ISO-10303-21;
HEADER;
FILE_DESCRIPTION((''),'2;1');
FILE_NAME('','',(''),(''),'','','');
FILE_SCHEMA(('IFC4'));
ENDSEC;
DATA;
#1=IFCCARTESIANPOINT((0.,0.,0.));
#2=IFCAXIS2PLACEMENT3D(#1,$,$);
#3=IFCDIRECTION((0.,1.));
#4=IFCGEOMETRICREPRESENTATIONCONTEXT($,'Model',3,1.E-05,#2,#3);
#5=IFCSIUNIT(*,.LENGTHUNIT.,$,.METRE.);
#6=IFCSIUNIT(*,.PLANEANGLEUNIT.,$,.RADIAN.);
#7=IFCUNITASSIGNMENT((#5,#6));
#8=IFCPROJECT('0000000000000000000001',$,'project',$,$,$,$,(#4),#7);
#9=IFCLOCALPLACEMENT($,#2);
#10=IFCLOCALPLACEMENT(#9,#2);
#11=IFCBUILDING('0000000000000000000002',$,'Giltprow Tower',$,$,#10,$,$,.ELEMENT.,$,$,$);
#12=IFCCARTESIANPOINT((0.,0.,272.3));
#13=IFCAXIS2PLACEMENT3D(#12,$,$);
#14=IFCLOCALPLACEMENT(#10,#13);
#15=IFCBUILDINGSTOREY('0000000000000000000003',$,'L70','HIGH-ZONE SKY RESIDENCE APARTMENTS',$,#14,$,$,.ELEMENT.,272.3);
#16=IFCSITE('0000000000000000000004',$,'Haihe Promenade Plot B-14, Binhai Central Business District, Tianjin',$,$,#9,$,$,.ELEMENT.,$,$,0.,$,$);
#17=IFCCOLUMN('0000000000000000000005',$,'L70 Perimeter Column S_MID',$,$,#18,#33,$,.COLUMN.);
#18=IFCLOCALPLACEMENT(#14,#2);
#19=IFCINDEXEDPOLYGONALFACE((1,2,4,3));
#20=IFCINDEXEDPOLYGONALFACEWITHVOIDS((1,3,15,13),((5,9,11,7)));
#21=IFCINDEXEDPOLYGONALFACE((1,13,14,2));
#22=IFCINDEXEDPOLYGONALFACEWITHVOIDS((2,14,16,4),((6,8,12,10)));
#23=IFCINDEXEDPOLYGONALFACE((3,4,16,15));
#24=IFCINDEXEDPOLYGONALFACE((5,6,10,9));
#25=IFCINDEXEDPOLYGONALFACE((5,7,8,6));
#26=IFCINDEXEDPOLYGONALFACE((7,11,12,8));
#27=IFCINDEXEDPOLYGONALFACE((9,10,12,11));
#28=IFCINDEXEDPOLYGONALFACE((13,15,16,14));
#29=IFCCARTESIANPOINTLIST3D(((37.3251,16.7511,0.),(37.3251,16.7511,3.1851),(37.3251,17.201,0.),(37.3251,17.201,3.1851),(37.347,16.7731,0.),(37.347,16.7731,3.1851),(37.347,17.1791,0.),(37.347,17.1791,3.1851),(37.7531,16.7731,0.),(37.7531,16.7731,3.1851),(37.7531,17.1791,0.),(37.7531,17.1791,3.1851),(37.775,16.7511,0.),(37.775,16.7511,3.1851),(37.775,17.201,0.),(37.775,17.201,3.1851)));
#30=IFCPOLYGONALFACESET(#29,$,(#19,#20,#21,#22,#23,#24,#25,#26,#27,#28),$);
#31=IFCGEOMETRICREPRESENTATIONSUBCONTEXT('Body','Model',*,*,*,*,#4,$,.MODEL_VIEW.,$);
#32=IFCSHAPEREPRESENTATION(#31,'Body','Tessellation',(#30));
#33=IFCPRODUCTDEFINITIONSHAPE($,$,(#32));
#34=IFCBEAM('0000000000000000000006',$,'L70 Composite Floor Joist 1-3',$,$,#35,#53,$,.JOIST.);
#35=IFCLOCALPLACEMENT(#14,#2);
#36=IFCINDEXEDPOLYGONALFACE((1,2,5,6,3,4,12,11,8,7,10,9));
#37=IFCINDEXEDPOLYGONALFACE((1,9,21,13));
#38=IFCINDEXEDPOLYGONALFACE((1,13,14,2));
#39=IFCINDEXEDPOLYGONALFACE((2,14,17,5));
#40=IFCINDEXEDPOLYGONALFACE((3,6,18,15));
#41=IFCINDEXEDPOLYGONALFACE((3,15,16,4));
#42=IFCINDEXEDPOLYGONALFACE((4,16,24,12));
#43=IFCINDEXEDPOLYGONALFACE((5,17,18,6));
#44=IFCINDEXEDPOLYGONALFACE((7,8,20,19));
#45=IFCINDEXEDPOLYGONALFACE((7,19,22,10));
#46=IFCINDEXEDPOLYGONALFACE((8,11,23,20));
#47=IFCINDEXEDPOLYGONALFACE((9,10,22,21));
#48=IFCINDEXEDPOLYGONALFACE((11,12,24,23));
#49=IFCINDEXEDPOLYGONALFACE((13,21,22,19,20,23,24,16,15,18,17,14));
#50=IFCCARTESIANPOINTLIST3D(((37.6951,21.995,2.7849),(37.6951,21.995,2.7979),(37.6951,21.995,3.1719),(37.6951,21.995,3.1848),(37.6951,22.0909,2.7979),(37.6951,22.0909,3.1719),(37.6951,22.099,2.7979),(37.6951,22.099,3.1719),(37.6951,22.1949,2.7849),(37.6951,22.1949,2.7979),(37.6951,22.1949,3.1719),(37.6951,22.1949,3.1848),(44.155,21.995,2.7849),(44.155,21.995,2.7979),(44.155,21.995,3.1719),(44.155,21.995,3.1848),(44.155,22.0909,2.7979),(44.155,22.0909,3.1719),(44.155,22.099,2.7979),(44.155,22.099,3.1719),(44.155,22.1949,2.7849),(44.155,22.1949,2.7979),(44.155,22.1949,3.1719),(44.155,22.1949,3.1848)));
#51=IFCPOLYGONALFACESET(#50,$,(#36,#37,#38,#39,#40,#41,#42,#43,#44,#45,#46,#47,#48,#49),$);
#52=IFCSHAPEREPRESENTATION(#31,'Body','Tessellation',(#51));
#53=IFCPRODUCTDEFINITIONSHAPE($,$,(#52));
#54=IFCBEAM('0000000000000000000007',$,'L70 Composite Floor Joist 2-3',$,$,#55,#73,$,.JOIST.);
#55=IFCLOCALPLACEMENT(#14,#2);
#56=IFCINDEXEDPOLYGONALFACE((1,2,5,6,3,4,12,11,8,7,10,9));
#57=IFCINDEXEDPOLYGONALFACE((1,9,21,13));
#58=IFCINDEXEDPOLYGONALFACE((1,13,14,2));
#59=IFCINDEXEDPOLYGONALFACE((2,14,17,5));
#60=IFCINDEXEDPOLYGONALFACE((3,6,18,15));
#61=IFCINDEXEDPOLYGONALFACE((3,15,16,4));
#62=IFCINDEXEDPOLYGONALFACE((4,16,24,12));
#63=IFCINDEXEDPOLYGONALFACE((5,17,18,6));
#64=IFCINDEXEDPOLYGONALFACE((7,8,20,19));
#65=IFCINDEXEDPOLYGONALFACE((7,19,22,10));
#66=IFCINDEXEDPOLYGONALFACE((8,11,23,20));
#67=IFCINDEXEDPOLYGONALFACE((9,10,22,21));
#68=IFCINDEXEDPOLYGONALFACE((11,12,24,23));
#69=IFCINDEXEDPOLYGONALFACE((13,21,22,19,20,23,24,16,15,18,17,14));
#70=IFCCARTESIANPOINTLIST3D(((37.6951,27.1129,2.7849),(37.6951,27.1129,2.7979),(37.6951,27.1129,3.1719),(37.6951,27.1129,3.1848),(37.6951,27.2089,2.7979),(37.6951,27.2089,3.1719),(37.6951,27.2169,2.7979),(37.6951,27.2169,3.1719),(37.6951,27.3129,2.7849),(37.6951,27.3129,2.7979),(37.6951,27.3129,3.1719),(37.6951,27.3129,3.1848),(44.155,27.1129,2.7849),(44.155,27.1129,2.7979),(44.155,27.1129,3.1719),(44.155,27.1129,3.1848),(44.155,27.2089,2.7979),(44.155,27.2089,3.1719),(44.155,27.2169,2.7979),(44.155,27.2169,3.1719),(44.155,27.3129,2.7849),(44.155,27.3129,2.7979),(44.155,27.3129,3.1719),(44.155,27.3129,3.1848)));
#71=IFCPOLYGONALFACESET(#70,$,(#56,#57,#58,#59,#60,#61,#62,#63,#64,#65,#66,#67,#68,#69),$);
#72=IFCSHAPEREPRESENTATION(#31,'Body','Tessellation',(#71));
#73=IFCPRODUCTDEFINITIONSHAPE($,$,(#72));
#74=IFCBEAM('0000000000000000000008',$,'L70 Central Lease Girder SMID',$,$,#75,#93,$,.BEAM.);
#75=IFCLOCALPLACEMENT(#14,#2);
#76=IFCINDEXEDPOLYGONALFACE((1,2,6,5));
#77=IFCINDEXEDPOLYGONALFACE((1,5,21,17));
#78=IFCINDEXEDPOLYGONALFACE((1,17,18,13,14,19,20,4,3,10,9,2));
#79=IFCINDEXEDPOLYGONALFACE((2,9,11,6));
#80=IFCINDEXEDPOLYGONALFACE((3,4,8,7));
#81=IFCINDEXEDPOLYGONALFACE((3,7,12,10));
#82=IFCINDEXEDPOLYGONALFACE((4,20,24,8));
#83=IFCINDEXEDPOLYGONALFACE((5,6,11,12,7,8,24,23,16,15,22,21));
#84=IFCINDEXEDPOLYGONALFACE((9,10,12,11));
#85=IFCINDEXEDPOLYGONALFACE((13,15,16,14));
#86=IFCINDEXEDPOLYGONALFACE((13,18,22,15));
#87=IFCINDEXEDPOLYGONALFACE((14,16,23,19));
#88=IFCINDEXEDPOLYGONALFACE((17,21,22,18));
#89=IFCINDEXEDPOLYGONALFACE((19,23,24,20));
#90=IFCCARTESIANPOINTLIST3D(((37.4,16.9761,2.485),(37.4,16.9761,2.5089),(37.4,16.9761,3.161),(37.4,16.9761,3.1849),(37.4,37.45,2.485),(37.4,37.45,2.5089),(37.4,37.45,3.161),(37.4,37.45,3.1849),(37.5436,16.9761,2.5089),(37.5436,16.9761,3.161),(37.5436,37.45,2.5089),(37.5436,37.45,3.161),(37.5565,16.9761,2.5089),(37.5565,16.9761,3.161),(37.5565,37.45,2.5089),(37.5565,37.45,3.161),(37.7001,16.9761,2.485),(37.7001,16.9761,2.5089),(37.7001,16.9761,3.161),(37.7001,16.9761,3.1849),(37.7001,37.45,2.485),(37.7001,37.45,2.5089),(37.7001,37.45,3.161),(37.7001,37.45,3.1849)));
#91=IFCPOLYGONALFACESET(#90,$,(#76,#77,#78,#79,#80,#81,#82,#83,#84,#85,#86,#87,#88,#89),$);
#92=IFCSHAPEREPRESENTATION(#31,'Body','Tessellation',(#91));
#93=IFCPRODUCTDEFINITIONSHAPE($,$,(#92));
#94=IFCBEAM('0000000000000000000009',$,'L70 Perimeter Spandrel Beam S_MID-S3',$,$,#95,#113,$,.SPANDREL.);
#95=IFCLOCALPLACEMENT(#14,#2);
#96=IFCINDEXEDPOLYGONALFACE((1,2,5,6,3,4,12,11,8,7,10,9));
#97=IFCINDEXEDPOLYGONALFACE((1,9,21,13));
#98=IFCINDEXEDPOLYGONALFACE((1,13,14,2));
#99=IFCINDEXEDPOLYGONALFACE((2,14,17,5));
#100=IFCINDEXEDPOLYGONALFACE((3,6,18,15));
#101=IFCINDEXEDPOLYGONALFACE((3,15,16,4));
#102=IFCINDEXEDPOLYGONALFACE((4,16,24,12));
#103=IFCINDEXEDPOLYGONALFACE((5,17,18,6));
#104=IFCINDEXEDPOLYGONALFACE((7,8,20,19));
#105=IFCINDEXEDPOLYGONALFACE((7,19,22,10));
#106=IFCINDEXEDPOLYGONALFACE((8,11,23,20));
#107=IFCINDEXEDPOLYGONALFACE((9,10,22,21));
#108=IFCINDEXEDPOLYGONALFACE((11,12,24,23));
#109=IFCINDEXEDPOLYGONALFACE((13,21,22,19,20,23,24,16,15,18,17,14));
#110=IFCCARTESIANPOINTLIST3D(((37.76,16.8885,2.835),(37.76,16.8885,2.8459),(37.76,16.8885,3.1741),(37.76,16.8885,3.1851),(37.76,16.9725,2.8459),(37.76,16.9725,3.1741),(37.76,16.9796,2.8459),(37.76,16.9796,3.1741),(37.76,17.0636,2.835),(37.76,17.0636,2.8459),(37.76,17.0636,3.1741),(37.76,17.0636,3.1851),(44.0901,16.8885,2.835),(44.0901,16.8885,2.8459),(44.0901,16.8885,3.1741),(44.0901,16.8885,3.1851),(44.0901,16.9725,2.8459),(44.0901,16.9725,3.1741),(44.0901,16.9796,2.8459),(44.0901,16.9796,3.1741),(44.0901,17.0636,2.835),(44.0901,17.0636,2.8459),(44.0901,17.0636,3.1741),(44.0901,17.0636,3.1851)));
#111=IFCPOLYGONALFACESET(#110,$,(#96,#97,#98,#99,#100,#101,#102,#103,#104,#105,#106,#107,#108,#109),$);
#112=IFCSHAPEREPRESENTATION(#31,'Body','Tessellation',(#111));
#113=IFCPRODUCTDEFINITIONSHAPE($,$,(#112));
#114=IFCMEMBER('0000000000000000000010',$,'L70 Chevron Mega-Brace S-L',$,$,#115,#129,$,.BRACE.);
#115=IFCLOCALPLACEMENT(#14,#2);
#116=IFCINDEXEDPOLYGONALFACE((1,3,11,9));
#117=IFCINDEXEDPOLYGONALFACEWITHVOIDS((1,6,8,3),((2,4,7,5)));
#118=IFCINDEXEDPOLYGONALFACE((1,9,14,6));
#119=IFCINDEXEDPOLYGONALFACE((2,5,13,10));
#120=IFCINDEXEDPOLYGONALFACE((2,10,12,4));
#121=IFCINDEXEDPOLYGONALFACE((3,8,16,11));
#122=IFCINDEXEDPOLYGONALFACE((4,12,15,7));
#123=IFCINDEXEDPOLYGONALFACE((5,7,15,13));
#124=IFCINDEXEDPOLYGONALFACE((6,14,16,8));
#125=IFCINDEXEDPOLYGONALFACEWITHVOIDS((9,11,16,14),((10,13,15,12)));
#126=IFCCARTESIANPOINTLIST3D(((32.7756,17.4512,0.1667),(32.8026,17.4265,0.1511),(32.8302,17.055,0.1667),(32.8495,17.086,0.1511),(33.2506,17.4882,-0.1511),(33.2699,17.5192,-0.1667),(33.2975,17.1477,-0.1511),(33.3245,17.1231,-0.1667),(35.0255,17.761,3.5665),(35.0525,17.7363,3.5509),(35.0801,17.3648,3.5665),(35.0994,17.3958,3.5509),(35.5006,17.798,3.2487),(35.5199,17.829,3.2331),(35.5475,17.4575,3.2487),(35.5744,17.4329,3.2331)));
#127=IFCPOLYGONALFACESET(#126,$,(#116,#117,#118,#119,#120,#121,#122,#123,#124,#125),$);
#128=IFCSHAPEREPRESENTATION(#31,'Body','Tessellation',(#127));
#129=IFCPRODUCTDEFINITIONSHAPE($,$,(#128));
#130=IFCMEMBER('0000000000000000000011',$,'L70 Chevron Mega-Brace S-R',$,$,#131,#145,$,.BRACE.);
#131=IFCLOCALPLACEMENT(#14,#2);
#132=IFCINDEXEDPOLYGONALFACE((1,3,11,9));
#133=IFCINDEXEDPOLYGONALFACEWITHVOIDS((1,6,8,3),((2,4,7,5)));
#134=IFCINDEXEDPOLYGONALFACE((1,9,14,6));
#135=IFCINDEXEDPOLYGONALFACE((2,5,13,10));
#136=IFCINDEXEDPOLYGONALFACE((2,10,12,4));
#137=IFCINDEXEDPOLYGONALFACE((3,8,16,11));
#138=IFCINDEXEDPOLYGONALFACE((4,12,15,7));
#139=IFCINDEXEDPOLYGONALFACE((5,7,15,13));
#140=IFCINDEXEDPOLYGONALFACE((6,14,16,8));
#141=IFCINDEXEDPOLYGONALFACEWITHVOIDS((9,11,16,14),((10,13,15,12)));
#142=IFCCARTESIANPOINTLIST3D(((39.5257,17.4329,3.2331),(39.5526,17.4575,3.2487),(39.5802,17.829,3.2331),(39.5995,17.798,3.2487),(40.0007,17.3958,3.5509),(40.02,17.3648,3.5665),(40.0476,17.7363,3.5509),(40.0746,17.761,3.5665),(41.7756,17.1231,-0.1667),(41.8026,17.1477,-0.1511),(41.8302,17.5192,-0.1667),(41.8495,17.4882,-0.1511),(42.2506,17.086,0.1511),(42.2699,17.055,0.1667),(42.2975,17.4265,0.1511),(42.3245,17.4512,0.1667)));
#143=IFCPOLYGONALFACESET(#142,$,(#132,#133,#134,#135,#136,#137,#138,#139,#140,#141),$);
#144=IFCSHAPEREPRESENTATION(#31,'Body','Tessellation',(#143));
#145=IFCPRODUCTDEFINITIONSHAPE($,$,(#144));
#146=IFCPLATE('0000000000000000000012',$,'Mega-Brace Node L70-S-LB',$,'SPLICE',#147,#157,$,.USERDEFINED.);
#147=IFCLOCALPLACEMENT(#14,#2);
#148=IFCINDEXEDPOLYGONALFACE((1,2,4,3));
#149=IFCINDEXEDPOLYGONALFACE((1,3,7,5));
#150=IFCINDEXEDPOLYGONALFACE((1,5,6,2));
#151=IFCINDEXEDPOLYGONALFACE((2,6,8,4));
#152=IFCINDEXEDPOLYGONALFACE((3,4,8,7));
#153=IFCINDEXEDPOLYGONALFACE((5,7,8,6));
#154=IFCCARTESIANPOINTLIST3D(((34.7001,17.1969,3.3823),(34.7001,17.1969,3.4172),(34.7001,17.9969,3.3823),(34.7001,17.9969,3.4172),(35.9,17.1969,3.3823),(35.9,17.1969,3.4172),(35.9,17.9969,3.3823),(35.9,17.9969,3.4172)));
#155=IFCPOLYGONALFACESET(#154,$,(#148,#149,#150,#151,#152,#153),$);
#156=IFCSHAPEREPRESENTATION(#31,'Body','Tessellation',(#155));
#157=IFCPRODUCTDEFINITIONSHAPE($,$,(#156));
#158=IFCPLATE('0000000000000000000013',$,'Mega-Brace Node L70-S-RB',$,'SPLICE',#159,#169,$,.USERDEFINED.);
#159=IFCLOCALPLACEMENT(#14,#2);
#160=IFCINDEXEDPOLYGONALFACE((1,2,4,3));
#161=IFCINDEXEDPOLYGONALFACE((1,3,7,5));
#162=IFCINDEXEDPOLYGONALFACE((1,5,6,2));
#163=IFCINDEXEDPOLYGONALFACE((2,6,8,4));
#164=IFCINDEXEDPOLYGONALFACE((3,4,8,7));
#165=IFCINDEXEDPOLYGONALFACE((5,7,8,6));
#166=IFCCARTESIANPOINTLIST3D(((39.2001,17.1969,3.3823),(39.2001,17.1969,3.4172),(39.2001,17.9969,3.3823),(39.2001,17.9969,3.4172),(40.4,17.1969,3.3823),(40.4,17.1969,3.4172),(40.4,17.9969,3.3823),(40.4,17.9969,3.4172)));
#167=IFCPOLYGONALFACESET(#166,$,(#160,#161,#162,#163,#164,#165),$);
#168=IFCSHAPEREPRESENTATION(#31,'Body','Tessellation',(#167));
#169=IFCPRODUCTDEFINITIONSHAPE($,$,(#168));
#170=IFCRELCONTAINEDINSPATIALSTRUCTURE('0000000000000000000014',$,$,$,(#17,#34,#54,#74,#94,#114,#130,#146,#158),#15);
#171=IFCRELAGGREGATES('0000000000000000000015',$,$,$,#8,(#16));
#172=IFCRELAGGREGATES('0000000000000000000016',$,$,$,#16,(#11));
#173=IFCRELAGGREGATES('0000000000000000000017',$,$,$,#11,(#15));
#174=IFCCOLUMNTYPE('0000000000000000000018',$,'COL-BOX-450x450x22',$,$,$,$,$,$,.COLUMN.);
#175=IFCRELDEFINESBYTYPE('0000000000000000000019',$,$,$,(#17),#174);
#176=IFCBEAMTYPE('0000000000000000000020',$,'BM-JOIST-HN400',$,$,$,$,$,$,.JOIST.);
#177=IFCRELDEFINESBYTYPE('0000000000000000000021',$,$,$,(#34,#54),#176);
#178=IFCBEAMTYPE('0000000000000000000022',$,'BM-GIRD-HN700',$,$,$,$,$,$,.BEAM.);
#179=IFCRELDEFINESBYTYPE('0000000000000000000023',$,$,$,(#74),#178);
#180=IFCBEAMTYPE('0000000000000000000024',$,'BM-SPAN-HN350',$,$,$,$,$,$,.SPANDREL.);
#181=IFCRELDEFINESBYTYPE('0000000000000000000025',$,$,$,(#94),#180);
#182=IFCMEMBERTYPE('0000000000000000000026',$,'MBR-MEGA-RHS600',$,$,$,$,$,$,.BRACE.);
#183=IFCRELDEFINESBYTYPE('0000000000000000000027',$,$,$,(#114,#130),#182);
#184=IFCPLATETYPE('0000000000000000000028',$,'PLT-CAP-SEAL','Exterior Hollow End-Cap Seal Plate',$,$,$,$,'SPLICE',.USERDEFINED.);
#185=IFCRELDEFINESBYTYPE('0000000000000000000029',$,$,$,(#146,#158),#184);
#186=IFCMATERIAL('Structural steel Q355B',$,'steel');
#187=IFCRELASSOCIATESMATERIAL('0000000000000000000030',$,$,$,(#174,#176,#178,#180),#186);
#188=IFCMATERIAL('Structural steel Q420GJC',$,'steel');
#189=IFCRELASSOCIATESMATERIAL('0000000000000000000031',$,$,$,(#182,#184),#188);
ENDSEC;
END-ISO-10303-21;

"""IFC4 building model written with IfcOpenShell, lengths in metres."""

from ifc_helpers import new_model, si_unit, direction, frame, origin, origin_2d, place, context, subcontext, project, spatial, rectangle, hollow_rectangle, i_section, extrude, source, transform, mapped, material, material_profile, profile_set, type_object, element, save


model = new_model("IFC4")

# Units and contexts
model_context = context("Model", 3, precision=1e-05, world=origin(), true_north=direction((0.0, 1.0)))
body_context = subcontext(model_context, "Body", "Model", "MODEL_VIEW")
ifc_project = project(units=[si_unit("LENGTHUNIT", "METRE"), si_unit("PLANEANGLEUNIT", "RADIAN")], contexts=[model_context])

# Site, building, storey
site_placement = place(None, origin())
site = spatial("IfcSite", under=ifc_project, at=site_placement, Name="Haihe Promenade Plot B-14, Binhai Central Business District, Tianjin", CompositionType="ELEMENT", RefElevation=0.0)
building_placement = place(site_placement, origin())
building = spatial("IfcBuilding", under=site, at=building_placement, Name="Giltprow Tower", CompositionType="ELEMENT")
storey_placement = place(building_placement, frame((0.0, 0.0, 272.3)))
storey = spatial("IfcBuildingStorey", under=building, at=storey_placement, Name="L70", Description="HIGH-ZONE SKY RESIDENCE APARTMENTS", CompositionType="ELEMENT", Elevation=272.3)

# Column
ifc_material_1 = material(Name="Structural steel Q355B", Category="steel")
ifc_material_profile_1 = material_profile(ifc_material_1, hollow_rectangle(XDim=0.45, YDim=0.45, WallThickness=0.022, at=origin_2d()), Name="BOX 450x450x22")
ifc_profile_set_1 = profile_set([ifc_material_profile_1], Name="Structural steel Q355B")
column_type = type_object("IfcColumnType", Name="COL-BOX-450x450x22", PredefinedType="COLUMN", material=ifc_profile_set_1)
shared_shape_1 = source(origin(), body_context, "Body", "SweptSolid", [
    extrude(hollow_rectangle(XDim=0.45, YDim=0.45, WallThickness=0.022, at=origin_2d()), origin(), (0.0, 0.0, 1.0), 3.1851),
])
column_placement = place(storey_placement, frame((37.55, 16.9761, 0.0), z_axis=(0.0, 0.0, 1.0), x_axis=(1.0, 0.0, 0.0)))
element("IfcColumn", 1, at=column_placement, inside=storey, type_object=column_type, Name="L70 Perimeter Column S_MID", PredefinedType="COLUMN", context=body_context, shape_type="MappedRepresentation", body=[
    mapped(shared_shape_1, transform((0.0, 0.0, 0.0), x_axis=(1.0, 0.0, 0.0), y_axis=(0.0, 1.0, 0.0), z_axis=(0.0, 0.0, 1.0), scale=1.0)),
])

# Beams
ifc_material_profile_2 = material_profile(ifc_material_1, i_section(OverallWidth=0.2, OverallDepth=0.3999, WebThickness=0.0081, FlangeThickness=0.0129, at=origin_2d()), Name="HN 400x200x8x13")
ifc_profile_set_2 = profile_set([ifc_material_profile_2], Name="Structural steel Q355B")
beam_type_1 = type_object("IfcBeamType", Name="BM-JOIST-HN400", PredefinedType="JOIST", material=ifc_profile_set_2)
shared_shape_2 = source(origin(), body_context, "Body", "SweptSolid", [
    extrude(i_section(OverallWidth=0.2, OverallDepth=0.3999, WebThickness=0.0081, FlangeThickness=0.0129, at=origin_2d()), origin(), (0.0, 0.0, 1.0), 6.46),
])
for number, where, z_axis, x_axis, name in (
    (2, (37.6951, 22.095, 2.9849), (1.0, 0.0, 0.0), (0.0, 1.0, 0.0), "L70 Composite Floor Joist 1-3"),
    (3, (37.6951, 27.2129, 2.9849), (1.0, 0.0, 0.0), (0.0, 1.0, 0.0), "L70 Composite Floor Joist 2-3"),
):
    element("IfcBeam", number, at=place(storey_placement, frame(where, z_axis=z_axis, x_axis=x_axis)), inside=storey, type_object=beam_type_1, Name=name, PredefinedType="JOIST", context=body_context, shape_type="MappedRepresentation", body=[
        mapped(shared_shape_2, transform((0.0, 0.0, 0.0), x_axis=(1.0, 0.0, 0.0), y_axis=(0.0, 1.0, 0.0), z_axis=(0.0, 0.0, 1.0), scale=1.0)),
    ])
ifc_material_profile_3 = material_profile(ifc_material_1, i_section(OverallWidth=0.3, OverallDepth=0.7, WebThickness=0.0129, FlangeThickness=0.0239, at=origin_2d()), Name="HN 700x300x13x24")
ifc_profile_set_3 = profile_set([ifc_material_profile_3], Name="Structural steel Q355B")
beam_type_2 = type_object("IfcBeamType", Name="BM-GIRD-HN700", PredefinedType="BEAM", material=ifc_profile_set_3)
shared_shape_3 = source(origin(), body_context, "Body", "SweptSolid", [
    extrude(i_section(OverallWidth=0.3, OverallDepth=0.7, WebThickness=0.0129, FlangeThickness=0.0239, at=origin_2d()), origin(), (0.0, 0.0, 1.0), 20.4739),
])
beam_1_placement = place(storey_placement, frame((37.55, 16.9761, 2.835), z_axis=(0.0, 1.0, 0.0), x_axis=(-1.0, 0.0, 0.0)))
element("IfcBeam", 4, at=beam_1_placement, inside=storey, type_object=beam_type_2, Name="L70 Central Lease Girder SMID", PredefinedType="BEAM", context=body_context, shape_type="MappedRepresentation", body=[
    mapped(shared_shape_3, transform((0.0, 0.0, 0.0), x_axis=(1.0, 0.0, 0.0), y_axis=(0.0, 1.0, 0.0), z_axis=(0.0, 0.0, 1.0), scale=1.0)),
])
ifc_material_profile_4 = material_profile(ifc_material_1, i_section(OverallWidth=0.175, OverallDepth=0.3501, WebThickness=0.0071, FlangeThickness=0.011, at=origin_2d()), Name="HN 350x175x7x11")
ifc_profile_set_4 = profile_set([ifc_material_profile_4], Name="Structural steel Q355B")
beam_type_3 = type_object("IfcBeamType", Name="BM-SPAN-HN350", PredefinedType="SPANDREL", material=ifc_profile_set_4)
shared_shape_4 = source(origin(), body_context, "Body", "SweptSolid", [
    extrude(i_section(OverallWidth=0.175, OverallDepth=0.3501, WebThickness=0.0071, FlangeThickness=0.011, at=origin_2d()), origin(), (0.0, 0.0, 1.0), 6.3301),
])
beam_2_placement = place(storey_placement, frame((37.76, 16.9761, 3.01), z_axis=(1.0, 0.0, 0.0), x_axis=(0.0, 1.0, 0.0)))
element("IfcBeam", 5, at=beam_2_placement, inside=storey, type_object=beam_type_3, Name="L70 Perimeter Spandrel Beam S_MID-S3", PredefinedType="SPANDREL", context=body_context, shape_type="MappedRepresentation", body=[
    mapped(shared_shape_4, transform((0.0, 0.0, 0.0), x_axis=(1.0, 0.0, 0.0), y_axis=(0.0, 1.0, 0.0), z_axis=(0.0, 0.0, 1.0), scale=1.0)),
])

# Members
ifc_material_2 = material(Name="Structural steel Q420GJC", Category="steel")
ifc_material_profile_5 = material_profile(ifc_material_2, hollow_rectangle(XDim=0.3999, YDim=0.6001, WallThickness=0.0281, at=origin_2d()), Name="RHS 600x400x28")
ifc_profile_set_5 = profile_set([ifc_material_profile_5], Name="Structural steel Q420GJC")
member_type = type_object("IfcMemberType", Name="MBR-MEGA-RHS600", PredefinedType="BRACE", material=ifc_profile_set_5)
shared_shape_5 = source(origin(), body_context, "Body", "SweptSolid", [
    extrude(hollow_rectangle(XDim=0.3999, YDim=0.6001, WallThickness=0.0281, at=origin_2d()), origin(), (0.0, 0.0, 1.0), 4.0886),
])
for number, where, z_axis, x_axis, name in (
    (6, (33.05, 17.2871, 0.0), (0.550291, 0.075773, 0.831527), (-0.136408, 0.990653, 0.0), "L70 Chevron Mega-Brace S-L"),
    (7, (42.05, 17.2871, 0.0), (-0.550291, 0.075773, 0.831527), (-0.136408, -0.990653, 0.0), "L70 Chevron Mega-Brace S-R"),
):
    element("IfcMember", number, at=place(storey_placement, frame(where, z_axis=z_axis, x_axis=x_axis)), inside=storey, type_object=member_type, Name=name, PredefinedType="BRACE", context=body_context, shape_type="MappedRepresentation", body=[
        mapped(shared_shape_5, transform((0.0, 0.0, 0.0), x_axis=(1.0, 0.0, 0.0), y_axis=(0.0, 1.0, 0.0), z_axis=(0.0, 0.0, 1.0), scale=1.0)),
    ])

# Plates
plate_type = type_object("IfcPlateType", Name="PLT-CAP-SEAL", Description="Exterior Hollow End-Cap Seal Plate", ElementType="SPLICE", PredefinedType="USERDEFINED", material=ifc_material_2)
shared_shape_6 = source(origin(), body_context, "Body", "SweptSolid", [
    extrude(rectangle(XDim=1.2, YDim=0.8, at=origin_2d()), origin(), (0.0, 0.0, 1.0), 0.0349),
])
for number, where, z_axis, x_axis, name in (
    (8, (35.3, 17.5969, 3.3823), (0.0, 0.0, 1.0), (1.0, 0.0, 0.0), "Mega-Brace Node L70-S-LB"),
    (9, (39.8, 17.5969, 3.3823), (0.0, 0.0, 1.0), (1.0, 0.0, 0.0), "Mega-Brace Node L70-S-RB"),
):
    element("IfcPlate", number, at=place(storey_placement, frame(where, z_axis=z_axis, x_axis=x_axis)), inside=storey, type_object=plate_type, Name=name, ObjectType="SPLICE", PredefinedType="USERDEFINED", context=body_context, shape_type="MappedRepresentation", body=[
        mapped(shared_shape_6, transform((0.0, 0.0, 0.0), x_axis=(1.0, 0.0, 0.0), y_axis=(0.0, 1.0, 0.0), z_axis=(0.0, 0.0, 1.0), scale=1.0)),
    ])

save(model, "model.ifc")
